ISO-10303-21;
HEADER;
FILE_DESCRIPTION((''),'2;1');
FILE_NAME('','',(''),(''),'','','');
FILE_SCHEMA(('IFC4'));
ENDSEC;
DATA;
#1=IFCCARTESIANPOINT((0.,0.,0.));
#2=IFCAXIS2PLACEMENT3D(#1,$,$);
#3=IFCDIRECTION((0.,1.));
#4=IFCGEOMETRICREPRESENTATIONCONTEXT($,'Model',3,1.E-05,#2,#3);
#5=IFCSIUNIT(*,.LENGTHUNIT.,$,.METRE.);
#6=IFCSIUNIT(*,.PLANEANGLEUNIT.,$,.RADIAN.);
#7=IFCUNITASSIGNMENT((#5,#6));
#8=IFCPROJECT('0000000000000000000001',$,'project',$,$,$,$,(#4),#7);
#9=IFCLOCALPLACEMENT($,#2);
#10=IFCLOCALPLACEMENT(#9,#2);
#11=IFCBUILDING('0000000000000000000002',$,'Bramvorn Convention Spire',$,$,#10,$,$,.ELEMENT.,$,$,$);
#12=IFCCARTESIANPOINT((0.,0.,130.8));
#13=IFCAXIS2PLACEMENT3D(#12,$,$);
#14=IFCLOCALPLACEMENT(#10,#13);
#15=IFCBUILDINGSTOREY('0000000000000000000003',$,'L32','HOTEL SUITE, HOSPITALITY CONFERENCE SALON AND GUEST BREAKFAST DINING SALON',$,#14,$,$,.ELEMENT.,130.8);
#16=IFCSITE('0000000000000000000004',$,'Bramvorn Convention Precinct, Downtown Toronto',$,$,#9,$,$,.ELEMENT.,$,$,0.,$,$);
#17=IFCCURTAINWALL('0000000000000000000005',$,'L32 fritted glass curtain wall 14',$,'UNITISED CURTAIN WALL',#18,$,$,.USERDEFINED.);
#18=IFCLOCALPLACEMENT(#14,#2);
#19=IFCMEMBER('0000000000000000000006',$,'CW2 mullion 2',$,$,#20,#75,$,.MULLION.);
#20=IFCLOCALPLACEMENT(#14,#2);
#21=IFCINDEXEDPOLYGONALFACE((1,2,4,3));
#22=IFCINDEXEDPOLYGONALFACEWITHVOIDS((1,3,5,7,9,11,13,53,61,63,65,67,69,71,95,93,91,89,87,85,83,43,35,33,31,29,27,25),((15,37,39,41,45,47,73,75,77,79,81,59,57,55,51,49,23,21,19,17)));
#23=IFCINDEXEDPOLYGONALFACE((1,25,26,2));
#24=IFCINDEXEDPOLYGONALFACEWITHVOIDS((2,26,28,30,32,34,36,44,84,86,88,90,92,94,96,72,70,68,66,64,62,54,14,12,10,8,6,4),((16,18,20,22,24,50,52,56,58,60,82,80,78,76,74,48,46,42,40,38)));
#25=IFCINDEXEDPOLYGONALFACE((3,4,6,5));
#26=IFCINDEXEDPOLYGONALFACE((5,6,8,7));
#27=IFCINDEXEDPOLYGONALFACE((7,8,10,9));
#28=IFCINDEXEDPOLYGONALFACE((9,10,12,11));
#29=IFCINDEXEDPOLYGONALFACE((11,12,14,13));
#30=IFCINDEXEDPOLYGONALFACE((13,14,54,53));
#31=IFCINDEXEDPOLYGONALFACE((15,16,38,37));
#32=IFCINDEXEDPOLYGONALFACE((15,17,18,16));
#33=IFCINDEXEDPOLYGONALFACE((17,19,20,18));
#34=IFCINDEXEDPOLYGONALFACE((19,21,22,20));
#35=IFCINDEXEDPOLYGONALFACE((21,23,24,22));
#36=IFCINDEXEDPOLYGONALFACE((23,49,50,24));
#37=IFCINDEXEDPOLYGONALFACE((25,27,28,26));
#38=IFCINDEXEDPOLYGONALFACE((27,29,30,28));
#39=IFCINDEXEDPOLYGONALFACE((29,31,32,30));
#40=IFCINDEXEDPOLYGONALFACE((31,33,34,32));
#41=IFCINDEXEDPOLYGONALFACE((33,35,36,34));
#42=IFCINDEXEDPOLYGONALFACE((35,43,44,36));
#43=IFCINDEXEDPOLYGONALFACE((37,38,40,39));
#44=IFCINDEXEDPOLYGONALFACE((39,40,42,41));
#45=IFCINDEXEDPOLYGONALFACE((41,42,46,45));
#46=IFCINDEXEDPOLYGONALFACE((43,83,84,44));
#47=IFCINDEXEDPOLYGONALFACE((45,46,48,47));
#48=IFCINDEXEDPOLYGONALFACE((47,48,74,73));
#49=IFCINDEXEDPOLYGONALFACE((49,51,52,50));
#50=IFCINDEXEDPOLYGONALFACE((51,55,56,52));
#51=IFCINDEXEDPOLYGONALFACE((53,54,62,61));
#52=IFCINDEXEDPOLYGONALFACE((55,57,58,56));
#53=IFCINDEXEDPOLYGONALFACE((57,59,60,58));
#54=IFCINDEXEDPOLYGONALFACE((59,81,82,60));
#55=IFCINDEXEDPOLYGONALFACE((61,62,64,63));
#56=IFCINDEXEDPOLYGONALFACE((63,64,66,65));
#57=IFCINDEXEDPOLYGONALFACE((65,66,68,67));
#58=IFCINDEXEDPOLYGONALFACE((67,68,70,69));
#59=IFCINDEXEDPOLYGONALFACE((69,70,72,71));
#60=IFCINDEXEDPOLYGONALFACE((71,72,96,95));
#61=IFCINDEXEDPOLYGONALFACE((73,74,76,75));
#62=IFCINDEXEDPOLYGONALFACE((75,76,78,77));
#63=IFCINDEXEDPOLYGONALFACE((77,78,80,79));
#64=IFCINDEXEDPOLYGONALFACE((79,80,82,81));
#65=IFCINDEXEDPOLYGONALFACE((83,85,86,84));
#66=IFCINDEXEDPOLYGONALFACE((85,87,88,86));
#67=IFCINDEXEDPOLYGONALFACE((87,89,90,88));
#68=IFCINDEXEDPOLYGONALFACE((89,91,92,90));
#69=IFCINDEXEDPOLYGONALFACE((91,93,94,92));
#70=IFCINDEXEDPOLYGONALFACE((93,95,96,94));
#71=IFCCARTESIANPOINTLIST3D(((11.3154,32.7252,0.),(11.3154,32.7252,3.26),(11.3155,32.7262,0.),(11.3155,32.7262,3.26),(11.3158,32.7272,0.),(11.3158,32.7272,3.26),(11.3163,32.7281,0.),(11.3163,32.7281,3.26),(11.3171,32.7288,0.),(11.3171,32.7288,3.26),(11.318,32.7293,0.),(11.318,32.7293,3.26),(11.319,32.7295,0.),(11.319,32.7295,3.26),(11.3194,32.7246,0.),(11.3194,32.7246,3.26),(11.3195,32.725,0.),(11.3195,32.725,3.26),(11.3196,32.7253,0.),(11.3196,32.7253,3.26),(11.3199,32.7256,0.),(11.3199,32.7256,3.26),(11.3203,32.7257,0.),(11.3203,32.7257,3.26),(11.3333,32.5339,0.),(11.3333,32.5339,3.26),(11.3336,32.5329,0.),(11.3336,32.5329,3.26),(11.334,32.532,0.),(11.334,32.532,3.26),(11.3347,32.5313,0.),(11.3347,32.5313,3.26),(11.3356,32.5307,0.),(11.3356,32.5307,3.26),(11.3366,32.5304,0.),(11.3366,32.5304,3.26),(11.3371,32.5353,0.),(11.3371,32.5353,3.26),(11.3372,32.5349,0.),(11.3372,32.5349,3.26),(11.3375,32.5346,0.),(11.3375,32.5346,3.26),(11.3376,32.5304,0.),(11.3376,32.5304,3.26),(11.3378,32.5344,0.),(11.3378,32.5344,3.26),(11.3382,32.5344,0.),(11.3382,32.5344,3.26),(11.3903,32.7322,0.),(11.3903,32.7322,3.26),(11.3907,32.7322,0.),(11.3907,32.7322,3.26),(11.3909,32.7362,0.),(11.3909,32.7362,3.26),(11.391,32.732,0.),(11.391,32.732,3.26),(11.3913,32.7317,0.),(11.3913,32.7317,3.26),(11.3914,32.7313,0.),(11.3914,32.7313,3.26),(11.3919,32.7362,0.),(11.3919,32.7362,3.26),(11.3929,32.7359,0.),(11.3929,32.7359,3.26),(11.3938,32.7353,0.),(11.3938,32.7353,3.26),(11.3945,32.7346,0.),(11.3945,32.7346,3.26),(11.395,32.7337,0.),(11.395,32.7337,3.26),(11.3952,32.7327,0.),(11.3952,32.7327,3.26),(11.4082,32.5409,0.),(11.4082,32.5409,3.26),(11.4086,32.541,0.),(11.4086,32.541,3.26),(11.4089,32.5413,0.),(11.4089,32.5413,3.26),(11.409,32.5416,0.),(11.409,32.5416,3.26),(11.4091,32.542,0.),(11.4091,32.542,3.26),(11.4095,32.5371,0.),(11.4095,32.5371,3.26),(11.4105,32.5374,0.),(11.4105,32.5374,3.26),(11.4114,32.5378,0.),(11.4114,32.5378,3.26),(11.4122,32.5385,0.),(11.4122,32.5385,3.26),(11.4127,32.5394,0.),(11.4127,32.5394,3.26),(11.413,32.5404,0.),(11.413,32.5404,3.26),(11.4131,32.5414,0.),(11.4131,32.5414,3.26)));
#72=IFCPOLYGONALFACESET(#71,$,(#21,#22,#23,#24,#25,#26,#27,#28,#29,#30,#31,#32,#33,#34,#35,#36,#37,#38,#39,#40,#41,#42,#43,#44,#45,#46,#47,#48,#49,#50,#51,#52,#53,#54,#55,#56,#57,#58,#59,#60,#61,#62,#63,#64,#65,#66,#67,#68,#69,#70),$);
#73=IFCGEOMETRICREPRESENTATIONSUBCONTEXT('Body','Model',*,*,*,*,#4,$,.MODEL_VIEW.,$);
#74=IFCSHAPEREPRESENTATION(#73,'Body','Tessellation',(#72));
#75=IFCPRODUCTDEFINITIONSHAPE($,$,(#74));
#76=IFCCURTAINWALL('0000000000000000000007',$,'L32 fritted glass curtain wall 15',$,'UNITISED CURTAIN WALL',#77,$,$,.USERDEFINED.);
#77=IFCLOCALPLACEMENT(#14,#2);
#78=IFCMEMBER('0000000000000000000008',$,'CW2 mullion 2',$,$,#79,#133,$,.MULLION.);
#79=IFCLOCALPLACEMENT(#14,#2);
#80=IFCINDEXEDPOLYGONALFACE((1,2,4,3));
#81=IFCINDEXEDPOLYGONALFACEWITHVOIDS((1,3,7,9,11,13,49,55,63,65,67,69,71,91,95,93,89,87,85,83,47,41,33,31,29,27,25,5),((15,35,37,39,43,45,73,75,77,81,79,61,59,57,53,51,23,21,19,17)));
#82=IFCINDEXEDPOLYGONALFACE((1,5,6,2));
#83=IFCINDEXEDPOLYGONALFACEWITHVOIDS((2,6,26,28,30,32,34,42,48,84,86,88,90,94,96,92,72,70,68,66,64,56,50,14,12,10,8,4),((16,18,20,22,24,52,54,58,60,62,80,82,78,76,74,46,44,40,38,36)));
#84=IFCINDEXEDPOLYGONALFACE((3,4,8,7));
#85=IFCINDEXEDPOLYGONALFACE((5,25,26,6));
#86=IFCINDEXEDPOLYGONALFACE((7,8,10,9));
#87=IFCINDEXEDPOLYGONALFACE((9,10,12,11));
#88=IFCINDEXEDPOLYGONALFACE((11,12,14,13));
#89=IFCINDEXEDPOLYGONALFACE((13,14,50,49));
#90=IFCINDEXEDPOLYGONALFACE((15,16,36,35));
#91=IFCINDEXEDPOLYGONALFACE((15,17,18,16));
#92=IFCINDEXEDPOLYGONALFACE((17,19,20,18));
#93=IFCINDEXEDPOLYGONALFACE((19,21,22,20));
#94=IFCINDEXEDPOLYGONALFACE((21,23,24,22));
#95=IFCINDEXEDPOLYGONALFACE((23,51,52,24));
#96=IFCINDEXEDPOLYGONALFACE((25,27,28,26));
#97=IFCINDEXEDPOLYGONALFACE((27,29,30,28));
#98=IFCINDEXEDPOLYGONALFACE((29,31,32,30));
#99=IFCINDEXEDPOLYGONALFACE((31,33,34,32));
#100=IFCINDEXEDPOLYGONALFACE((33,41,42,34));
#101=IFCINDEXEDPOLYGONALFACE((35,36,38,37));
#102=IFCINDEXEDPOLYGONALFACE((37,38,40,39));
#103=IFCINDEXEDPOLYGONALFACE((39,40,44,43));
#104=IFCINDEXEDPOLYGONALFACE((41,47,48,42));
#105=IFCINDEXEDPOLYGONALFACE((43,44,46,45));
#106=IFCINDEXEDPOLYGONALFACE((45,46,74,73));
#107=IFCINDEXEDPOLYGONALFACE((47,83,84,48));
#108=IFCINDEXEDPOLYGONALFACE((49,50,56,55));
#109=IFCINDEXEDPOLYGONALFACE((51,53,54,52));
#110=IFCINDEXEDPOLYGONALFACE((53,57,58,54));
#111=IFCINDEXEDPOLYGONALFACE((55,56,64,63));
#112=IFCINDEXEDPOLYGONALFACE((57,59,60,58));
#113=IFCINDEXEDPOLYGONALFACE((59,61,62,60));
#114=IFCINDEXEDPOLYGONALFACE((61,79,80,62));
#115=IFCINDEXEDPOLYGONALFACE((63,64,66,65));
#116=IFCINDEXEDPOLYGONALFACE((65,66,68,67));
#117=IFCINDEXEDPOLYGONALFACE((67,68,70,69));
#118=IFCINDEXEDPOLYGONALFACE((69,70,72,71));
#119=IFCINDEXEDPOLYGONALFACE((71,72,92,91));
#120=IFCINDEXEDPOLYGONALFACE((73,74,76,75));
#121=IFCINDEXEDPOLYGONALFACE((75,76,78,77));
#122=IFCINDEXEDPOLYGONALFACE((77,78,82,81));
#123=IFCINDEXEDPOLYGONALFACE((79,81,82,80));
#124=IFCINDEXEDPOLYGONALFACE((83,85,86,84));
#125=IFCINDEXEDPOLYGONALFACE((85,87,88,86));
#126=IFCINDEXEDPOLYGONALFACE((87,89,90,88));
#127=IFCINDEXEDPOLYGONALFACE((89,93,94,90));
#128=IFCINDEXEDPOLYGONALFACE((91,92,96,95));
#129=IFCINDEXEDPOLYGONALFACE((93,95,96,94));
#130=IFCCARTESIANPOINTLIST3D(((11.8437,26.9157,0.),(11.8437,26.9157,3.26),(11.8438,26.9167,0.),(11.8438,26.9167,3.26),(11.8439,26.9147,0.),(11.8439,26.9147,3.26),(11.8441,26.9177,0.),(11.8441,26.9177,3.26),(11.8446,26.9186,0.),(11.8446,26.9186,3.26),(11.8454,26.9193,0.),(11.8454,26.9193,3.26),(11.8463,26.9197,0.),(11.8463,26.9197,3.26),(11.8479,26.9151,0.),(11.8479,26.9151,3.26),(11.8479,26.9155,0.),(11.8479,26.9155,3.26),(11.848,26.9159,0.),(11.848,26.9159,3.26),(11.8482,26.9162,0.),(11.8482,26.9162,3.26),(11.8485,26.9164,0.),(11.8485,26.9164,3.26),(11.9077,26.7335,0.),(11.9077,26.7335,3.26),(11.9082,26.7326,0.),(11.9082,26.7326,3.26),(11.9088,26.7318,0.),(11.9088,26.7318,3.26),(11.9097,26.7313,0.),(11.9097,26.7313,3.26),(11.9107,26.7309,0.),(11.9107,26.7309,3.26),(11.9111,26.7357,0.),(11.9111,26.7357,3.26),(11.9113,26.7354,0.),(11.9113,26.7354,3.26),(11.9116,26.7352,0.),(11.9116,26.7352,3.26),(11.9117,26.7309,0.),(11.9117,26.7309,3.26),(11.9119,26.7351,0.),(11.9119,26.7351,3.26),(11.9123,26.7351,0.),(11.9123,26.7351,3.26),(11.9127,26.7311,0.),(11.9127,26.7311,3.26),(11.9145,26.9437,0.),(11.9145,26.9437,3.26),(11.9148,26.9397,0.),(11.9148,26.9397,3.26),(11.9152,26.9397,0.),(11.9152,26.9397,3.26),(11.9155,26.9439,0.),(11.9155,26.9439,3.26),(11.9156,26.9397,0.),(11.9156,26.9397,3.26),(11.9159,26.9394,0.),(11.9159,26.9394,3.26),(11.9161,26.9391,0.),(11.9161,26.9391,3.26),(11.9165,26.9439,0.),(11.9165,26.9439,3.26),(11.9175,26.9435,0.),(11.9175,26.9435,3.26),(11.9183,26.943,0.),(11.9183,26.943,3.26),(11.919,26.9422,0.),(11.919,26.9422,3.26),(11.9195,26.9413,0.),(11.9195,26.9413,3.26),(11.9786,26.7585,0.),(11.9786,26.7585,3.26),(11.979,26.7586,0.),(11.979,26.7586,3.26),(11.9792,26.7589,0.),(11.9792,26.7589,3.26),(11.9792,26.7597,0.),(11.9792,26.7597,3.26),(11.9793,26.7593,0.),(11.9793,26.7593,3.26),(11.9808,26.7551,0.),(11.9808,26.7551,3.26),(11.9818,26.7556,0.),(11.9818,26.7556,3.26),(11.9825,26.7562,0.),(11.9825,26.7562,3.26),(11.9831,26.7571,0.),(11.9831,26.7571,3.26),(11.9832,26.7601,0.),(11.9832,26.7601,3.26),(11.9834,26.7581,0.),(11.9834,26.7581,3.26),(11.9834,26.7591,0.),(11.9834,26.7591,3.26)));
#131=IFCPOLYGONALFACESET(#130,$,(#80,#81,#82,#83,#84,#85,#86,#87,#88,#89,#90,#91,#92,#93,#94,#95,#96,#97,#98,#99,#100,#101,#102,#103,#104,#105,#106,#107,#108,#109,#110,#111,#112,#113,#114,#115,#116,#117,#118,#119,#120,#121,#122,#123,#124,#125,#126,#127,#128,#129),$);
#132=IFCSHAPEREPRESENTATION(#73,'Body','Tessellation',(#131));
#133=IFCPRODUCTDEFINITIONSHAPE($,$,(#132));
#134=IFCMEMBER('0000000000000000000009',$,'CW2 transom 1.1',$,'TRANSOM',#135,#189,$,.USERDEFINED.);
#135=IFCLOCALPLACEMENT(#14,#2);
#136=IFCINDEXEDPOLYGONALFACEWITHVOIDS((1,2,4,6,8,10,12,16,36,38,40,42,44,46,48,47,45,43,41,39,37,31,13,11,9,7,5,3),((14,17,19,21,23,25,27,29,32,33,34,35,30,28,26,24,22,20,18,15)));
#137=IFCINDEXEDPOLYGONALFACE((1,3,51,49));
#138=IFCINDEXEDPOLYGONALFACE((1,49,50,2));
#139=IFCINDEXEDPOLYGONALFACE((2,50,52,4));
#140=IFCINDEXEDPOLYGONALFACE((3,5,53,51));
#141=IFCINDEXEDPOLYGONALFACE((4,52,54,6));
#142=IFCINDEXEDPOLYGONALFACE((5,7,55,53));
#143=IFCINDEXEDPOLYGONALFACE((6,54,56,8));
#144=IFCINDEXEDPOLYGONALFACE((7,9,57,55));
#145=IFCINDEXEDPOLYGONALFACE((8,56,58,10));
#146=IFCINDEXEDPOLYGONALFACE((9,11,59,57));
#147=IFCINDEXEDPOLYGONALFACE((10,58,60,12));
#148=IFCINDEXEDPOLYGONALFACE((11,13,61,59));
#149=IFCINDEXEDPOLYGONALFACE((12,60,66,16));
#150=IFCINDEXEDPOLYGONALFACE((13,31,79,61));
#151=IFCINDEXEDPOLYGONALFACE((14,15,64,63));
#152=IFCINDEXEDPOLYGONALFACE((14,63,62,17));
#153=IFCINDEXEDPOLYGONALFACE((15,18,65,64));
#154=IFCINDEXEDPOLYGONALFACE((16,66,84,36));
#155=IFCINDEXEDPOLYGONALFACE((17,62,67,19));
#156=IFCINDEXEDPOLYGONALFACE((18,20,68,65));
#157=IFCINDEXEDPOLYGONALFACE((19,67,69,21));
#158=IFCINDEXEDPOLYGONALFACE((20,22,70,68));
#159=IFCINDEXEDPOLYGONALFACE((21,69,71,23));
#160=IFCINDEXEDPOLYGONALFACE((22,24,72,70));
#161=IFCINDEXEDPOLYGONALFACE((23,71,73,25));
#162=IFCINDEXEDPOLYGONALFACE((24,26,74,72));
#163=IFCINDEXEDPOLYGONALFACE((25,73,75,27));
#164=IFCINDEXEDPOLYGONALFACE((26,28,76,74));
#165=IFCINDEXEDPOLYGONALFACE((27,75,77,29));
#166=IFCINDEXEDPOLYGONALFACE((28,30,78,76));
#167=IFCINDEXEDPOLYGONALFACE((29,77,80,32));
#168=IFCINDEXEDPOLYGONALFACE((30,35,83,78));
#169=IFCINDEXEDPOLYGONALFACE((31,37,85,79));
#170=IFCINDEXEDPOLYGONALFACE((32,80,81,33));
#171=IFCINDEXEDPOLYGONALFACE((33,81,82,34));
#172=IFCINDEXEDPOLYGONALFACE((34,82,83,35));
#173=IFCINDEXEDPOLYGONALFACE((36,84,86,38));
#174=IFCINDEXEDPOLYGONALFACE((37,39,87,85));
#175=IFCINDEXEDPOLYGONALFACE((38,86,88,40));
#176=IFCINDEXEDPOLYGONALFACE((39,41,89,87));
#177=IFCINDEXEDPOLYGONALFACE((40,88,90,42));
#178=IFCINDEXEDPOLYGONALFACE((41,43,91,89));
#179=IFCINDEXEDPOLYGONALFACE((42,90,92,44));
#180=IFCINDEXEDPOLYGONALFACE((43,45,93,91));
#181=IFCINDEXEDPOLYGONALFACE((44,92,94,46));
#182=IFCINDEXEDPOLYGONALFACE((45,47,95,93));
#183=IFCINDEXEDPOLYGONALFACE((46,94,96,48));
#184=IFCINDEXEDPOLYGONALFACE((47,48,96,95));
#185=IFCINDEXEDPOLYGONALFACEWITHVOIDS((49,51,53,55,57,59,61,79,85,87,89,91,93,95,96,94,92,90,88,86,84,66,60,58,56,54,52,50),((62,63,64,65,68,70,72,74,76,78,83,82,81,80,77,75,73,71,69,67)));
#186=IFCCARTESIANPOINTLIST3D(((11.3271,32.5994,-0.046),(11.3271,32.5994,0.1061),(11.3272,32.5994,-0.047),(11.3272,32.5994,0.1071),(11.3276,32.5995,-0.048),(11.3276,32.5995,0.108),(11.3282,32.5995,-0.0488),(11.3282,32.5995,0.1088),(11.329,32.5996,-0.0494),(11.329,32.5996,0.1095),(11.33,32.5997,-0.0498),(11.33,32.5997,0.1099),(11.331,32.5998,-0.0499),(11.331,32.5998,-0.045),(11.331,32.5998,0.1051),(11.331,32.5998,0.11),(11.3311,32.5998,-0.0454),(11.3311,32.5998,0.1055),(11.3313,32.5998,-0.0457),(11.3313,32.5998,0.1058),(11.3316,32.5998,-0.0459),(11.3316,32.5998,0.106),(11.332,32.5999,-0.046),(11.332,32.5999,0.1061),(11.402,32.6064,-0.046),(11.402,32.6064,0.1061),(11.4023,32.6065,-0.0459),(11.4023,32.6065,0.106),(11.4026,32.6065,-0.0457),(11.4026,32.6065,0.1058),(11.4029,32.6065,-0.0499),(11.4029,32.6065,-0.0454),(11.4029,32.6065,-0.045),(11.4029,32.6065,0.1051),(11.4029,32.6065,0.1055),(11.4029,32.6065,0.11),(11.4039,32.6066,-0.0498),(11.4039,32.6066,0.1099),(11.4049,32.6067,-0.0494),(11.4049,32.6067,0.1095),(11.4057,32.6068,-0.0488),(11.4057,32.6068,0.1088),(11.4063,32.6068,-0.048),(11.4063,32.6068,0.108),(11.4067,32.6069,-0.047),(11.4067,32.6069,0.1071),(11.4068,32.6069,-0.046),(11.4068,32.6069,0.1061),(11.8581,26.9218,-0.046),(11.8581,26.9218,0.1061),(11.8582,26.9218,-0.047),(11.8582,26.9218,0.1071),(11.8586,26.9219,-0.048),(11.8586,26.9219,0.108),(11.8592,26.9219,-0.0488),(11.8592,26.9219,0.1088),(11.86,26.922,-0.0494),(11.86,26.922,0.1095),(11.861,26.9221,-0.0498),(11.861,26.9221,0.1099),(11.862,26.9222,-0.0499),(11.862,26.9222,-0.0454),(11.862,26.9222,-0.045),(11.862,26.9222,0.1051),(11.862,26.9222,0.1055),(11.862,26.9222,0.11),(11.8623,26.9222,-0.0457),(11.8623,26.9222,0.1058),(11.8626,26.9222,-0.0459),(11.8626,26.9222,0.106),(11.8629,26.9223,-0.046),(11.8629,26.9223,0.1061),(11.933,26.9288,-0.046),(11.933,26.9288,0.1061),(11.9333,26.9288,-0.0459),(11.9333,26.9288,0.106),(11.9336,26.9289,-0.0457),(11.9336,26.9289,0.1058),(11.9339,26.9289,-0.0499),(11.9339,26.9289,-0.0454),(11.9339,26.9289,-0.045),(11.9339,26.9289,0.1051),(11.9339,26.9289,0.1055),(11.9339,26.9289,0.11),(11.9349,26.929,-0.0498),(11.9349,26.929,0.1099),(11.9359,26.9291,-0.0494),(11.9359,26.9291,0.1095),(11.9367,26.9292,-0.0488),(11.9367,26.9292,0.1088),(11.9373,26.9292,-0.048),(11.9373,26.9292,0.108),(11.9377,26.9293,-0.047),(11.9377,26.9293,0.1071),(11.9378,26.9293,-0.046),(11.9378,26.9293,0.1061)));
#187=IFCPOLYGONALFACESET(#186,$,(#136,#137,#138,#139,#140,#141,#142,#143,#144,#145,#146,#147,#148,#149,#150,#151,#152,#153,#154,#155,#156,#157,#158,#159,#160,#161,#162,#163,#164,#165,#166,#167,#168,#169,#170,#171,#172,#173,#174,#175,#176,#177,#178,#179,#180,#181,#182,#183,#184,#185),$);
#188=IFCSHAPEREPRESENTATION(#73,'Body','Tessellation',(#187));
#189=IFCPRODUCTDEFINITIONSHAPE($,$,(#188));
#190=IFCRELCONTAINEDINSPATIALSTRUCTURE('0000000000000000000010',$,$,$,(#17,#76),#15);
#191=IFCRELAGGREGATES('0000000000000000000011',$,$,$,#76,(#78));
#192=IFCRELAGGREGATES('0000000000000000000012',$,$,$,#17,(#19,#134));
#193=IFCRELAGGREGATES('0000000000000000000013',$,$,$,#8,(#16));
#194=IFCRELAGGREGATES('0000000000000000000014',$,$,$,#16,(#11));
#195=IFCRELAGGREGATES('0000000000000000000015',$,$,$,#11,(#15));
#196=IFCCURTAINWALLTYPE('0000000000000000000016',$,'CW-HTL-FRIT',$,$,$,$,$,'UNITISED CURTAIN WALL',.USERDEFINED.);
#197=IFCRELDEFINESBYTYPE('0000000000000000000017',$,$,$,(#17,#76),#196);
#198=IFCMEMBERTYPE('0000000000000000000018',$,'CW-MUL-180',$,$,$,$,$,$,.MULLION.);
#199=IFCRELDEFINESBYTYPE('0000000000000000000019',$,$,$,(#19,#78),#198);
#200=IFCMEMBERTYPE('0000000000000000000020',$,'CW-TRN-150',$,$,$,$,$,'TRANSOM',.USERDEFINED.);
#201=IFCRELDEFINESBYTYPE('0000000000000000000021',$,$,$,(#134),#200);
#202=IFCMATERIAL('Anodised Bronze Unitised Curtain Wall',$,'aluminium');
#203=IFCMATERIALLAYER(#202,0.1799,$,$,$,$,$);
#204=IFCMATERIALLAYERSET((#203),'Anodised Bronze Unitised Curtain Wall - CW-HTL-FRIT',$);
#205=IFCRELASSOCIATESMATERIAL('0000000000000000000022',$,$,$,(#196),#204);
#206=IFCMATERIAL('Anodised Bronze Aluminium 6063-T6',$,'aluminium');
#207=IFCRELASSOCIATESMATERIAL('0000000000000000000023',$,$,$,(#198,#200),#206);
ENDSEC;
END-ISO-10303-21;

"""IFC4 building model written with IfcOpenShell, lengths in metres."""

from ifc_helpers import new_model, si_unit, direction, frame, origin, origin_2d, place, context, subcontext, project, spatial, hollow_rectangle, extrude, material, layer, layer_set, material_profile, profile_set, type_object, element, aggregate, save


model = new_model("IFC4")

# Units and contexts
model_context = context("Model", 3, precision=1e-05, world=origin(), true_north=direction((0.0, 1.0)))
body_context = subcontext(model_context, "Body", "Model", "MODEL_VIEW")
ifc_project = project(units=[si_unit("LENGTHUNIT", "METRE"), si_unit("PLANEANGLEUNIT", "RADIAN")], contexts=[model_context])

# Site, building, storey
site_placement = place(None, origin())
site = spatial("IfcSite", under=ifc_project, at=site_placement, Name="Bramvorn Convention Precinct, Downtown Toronto", CompositionType="ELEMENT", RefElevation=0.0)
building_placement = place(site_placement, origin())
building = spatial("IfcBuilding", under=site, at=building_placement, Name="Bramvorn Convention Spire", CompositionType="ELEMENT")
storey_placement = place(building_placement, frame((0.0, 0.0, 130.8)))
storey = spatial("IfcBuildingStorey", under=building, at=storey_placement, Name="L32", Description="HOTEL SUITE, HOSPITALITY CONFERENCE SALON AND GUEST BREAKFAST DINING SALON", CompositionType="ELEMENT", Elevation=130.8)

# Curtain wall, member
ifc_material_1 = material(Name="Anodised Bronze Unitised Curtain Wall", Category="aluminium")
ifc_layer_1 = layer(ifc_material_1, 0.1799)
ifc_layer_set_1 = layer_set([ifc_layer_1], Name="Anodised Bronze Unitised Curtain Wall - CW-HTL-FRIT")
curtain_wall_type = type_object("IfcCurtainWallType", Name="CW-HTL-FRIT", ElementType="UNITISED CURTAIN WALL", PredefinedType="USERDEFINED", material=ifc_layer_set_1)
curtain_wall_1_placement = place(storey_placement, origin())
curtain_wall_1 = element("IfcCurtainWall", 1, at=curtain_wall_1_placement, inside=storey, type_object=curtain_wall_type, Name="L32 fritted glass curtain wall 14", ObjectType="UNITISED CURTAIN WALL", PredefinedType="USERDEFINED")
ifc_material_2 = material(Name="Anodised Bronze Aluminium 6063-T6", Category="aluminium")
ifc_material_profile_1 = material_profile(ifc_material_2, hollow_rectangle(XDim=0.0801, YDim=0.2, WallThickness=0.0039, InnerFilletRadius=0.001, OuterFilletRadius=0.0039, at=origin_2d()))
ifc_profile_set_1 = profile_set([ifc_material_profile_1], Name="Anodised Bronze Aluminium 6063-T6 - CWM80X200")
member_type_1 = type_object("IfcMemberType", Name="CW-MUL-180", PredefinedType="MULLION", material=ifc_profile_set_1)
member_1_placement = place(storey_placement, frame((11.3643, 32.6333, 0.0), z_axis=(0.0, 0.0, 1.0), x_axis=(-0.995657, -0.093101, 0.0)))
member_1 = element("IfcMember", 2, at=member_1_placement, type_object=member_type_1, Name="CW2 mullion 2", PredefinedType="MULLION", context=body_context, shape_type="SweptSolid", body=[
    extrude(hollow_rectangle(XDim=0.0801, YDim=0.2, WallThickness=0.0039, InnerFilletRadius=0.001, OuterFilletRadius=0.0039, at=origin_2d()), origin(), (0.0, 0.0, 1.0), 3.26),
])

# Curtain wall, member
curtain_wall_2_placement = place(storey_placement, origin())
curtain_wall_2 = element("IfcCurtainWall", 3, at=curtain_wall_2_placement, inside=storey, type_object=curtain_wall_type, Name="L32 fritted glass curtain wall 15", ObjectType="UNITISED CURTAIN WALL", PredefinedType="USERDEFINED")
member_2_placement = place(storey_placement, frame((11.9136, 26.8374, 0.0), z_axis=(0.0, 0.0, 1.0), x_axis=(-0.943297, -0.331951, 0.0)))
member_2 = element("IfcMember", 4, at=member_2_placement, type_object=member_type_1, Name="CW2 mullion 2", PredefinedType="MULLION", context=body_context, shape_type="SweptSolid", body=[
    extrude(hollow_rectangle(XDim=0.0801, YDim=0.2, WallThickness=0.0039, InnerFilletRadius=0.001, OuterFilletRadius=0.0039, at=origin_2d()), origin(), (0.0, 0.0, 1.0), 3.26),
])
aggregate(curtain_wall_2, [member_2])

# Member
ifc_material_profile_2 = material_profile(ifc_material_2, hollow_rectangle(XDim=0.0801, YDim=0.1599, WallThickness=0.0039, InnerFilletRadius=0.001, OuterFilletRadius=0.0039, at=origin_2d()))
ifc_profile_set_2 = profile_set([ifc_material_profile_2], Name="Anodised Bronze Aluminium 6063-T6 - CWT80X160")
member_type_2 = type_object("IfcMemberType", Name="CW-TRN-150", ElementType="TRANSOM", PredefinedType="USERDEFINED", material=ifc_profile_set_2)
member_3_placement = place(storey_placement, frame((11.8979, 26.9255, 0.03), z_axis=(-0.093118, 0.995655, 0.0), x_axis=(-0.995655, -0.093118, 0.0)))
member_3 = element("IfcMember", 5, at=member_3_placement, type_object=member_type_2, Name="CW2 transom 1.1", ObjectType="TRANSOM", PredefinedType="USERDEFINED", context=body_context, shape_type="SweptSolid", body=[
    extrude(hollow_rectangle(XDim=0.0801, YDim=0.1599, WallThickness=0.0039, InnerFilletRadius=0.001, OuterFilletRadius=0.0039, at=origin_2d()), origin(), (0.0, 0.0, 1.0), 5.7024),
])

aggregate(curtain_wall_1, [member_1, member_3])

save(model, "model.ifc")
